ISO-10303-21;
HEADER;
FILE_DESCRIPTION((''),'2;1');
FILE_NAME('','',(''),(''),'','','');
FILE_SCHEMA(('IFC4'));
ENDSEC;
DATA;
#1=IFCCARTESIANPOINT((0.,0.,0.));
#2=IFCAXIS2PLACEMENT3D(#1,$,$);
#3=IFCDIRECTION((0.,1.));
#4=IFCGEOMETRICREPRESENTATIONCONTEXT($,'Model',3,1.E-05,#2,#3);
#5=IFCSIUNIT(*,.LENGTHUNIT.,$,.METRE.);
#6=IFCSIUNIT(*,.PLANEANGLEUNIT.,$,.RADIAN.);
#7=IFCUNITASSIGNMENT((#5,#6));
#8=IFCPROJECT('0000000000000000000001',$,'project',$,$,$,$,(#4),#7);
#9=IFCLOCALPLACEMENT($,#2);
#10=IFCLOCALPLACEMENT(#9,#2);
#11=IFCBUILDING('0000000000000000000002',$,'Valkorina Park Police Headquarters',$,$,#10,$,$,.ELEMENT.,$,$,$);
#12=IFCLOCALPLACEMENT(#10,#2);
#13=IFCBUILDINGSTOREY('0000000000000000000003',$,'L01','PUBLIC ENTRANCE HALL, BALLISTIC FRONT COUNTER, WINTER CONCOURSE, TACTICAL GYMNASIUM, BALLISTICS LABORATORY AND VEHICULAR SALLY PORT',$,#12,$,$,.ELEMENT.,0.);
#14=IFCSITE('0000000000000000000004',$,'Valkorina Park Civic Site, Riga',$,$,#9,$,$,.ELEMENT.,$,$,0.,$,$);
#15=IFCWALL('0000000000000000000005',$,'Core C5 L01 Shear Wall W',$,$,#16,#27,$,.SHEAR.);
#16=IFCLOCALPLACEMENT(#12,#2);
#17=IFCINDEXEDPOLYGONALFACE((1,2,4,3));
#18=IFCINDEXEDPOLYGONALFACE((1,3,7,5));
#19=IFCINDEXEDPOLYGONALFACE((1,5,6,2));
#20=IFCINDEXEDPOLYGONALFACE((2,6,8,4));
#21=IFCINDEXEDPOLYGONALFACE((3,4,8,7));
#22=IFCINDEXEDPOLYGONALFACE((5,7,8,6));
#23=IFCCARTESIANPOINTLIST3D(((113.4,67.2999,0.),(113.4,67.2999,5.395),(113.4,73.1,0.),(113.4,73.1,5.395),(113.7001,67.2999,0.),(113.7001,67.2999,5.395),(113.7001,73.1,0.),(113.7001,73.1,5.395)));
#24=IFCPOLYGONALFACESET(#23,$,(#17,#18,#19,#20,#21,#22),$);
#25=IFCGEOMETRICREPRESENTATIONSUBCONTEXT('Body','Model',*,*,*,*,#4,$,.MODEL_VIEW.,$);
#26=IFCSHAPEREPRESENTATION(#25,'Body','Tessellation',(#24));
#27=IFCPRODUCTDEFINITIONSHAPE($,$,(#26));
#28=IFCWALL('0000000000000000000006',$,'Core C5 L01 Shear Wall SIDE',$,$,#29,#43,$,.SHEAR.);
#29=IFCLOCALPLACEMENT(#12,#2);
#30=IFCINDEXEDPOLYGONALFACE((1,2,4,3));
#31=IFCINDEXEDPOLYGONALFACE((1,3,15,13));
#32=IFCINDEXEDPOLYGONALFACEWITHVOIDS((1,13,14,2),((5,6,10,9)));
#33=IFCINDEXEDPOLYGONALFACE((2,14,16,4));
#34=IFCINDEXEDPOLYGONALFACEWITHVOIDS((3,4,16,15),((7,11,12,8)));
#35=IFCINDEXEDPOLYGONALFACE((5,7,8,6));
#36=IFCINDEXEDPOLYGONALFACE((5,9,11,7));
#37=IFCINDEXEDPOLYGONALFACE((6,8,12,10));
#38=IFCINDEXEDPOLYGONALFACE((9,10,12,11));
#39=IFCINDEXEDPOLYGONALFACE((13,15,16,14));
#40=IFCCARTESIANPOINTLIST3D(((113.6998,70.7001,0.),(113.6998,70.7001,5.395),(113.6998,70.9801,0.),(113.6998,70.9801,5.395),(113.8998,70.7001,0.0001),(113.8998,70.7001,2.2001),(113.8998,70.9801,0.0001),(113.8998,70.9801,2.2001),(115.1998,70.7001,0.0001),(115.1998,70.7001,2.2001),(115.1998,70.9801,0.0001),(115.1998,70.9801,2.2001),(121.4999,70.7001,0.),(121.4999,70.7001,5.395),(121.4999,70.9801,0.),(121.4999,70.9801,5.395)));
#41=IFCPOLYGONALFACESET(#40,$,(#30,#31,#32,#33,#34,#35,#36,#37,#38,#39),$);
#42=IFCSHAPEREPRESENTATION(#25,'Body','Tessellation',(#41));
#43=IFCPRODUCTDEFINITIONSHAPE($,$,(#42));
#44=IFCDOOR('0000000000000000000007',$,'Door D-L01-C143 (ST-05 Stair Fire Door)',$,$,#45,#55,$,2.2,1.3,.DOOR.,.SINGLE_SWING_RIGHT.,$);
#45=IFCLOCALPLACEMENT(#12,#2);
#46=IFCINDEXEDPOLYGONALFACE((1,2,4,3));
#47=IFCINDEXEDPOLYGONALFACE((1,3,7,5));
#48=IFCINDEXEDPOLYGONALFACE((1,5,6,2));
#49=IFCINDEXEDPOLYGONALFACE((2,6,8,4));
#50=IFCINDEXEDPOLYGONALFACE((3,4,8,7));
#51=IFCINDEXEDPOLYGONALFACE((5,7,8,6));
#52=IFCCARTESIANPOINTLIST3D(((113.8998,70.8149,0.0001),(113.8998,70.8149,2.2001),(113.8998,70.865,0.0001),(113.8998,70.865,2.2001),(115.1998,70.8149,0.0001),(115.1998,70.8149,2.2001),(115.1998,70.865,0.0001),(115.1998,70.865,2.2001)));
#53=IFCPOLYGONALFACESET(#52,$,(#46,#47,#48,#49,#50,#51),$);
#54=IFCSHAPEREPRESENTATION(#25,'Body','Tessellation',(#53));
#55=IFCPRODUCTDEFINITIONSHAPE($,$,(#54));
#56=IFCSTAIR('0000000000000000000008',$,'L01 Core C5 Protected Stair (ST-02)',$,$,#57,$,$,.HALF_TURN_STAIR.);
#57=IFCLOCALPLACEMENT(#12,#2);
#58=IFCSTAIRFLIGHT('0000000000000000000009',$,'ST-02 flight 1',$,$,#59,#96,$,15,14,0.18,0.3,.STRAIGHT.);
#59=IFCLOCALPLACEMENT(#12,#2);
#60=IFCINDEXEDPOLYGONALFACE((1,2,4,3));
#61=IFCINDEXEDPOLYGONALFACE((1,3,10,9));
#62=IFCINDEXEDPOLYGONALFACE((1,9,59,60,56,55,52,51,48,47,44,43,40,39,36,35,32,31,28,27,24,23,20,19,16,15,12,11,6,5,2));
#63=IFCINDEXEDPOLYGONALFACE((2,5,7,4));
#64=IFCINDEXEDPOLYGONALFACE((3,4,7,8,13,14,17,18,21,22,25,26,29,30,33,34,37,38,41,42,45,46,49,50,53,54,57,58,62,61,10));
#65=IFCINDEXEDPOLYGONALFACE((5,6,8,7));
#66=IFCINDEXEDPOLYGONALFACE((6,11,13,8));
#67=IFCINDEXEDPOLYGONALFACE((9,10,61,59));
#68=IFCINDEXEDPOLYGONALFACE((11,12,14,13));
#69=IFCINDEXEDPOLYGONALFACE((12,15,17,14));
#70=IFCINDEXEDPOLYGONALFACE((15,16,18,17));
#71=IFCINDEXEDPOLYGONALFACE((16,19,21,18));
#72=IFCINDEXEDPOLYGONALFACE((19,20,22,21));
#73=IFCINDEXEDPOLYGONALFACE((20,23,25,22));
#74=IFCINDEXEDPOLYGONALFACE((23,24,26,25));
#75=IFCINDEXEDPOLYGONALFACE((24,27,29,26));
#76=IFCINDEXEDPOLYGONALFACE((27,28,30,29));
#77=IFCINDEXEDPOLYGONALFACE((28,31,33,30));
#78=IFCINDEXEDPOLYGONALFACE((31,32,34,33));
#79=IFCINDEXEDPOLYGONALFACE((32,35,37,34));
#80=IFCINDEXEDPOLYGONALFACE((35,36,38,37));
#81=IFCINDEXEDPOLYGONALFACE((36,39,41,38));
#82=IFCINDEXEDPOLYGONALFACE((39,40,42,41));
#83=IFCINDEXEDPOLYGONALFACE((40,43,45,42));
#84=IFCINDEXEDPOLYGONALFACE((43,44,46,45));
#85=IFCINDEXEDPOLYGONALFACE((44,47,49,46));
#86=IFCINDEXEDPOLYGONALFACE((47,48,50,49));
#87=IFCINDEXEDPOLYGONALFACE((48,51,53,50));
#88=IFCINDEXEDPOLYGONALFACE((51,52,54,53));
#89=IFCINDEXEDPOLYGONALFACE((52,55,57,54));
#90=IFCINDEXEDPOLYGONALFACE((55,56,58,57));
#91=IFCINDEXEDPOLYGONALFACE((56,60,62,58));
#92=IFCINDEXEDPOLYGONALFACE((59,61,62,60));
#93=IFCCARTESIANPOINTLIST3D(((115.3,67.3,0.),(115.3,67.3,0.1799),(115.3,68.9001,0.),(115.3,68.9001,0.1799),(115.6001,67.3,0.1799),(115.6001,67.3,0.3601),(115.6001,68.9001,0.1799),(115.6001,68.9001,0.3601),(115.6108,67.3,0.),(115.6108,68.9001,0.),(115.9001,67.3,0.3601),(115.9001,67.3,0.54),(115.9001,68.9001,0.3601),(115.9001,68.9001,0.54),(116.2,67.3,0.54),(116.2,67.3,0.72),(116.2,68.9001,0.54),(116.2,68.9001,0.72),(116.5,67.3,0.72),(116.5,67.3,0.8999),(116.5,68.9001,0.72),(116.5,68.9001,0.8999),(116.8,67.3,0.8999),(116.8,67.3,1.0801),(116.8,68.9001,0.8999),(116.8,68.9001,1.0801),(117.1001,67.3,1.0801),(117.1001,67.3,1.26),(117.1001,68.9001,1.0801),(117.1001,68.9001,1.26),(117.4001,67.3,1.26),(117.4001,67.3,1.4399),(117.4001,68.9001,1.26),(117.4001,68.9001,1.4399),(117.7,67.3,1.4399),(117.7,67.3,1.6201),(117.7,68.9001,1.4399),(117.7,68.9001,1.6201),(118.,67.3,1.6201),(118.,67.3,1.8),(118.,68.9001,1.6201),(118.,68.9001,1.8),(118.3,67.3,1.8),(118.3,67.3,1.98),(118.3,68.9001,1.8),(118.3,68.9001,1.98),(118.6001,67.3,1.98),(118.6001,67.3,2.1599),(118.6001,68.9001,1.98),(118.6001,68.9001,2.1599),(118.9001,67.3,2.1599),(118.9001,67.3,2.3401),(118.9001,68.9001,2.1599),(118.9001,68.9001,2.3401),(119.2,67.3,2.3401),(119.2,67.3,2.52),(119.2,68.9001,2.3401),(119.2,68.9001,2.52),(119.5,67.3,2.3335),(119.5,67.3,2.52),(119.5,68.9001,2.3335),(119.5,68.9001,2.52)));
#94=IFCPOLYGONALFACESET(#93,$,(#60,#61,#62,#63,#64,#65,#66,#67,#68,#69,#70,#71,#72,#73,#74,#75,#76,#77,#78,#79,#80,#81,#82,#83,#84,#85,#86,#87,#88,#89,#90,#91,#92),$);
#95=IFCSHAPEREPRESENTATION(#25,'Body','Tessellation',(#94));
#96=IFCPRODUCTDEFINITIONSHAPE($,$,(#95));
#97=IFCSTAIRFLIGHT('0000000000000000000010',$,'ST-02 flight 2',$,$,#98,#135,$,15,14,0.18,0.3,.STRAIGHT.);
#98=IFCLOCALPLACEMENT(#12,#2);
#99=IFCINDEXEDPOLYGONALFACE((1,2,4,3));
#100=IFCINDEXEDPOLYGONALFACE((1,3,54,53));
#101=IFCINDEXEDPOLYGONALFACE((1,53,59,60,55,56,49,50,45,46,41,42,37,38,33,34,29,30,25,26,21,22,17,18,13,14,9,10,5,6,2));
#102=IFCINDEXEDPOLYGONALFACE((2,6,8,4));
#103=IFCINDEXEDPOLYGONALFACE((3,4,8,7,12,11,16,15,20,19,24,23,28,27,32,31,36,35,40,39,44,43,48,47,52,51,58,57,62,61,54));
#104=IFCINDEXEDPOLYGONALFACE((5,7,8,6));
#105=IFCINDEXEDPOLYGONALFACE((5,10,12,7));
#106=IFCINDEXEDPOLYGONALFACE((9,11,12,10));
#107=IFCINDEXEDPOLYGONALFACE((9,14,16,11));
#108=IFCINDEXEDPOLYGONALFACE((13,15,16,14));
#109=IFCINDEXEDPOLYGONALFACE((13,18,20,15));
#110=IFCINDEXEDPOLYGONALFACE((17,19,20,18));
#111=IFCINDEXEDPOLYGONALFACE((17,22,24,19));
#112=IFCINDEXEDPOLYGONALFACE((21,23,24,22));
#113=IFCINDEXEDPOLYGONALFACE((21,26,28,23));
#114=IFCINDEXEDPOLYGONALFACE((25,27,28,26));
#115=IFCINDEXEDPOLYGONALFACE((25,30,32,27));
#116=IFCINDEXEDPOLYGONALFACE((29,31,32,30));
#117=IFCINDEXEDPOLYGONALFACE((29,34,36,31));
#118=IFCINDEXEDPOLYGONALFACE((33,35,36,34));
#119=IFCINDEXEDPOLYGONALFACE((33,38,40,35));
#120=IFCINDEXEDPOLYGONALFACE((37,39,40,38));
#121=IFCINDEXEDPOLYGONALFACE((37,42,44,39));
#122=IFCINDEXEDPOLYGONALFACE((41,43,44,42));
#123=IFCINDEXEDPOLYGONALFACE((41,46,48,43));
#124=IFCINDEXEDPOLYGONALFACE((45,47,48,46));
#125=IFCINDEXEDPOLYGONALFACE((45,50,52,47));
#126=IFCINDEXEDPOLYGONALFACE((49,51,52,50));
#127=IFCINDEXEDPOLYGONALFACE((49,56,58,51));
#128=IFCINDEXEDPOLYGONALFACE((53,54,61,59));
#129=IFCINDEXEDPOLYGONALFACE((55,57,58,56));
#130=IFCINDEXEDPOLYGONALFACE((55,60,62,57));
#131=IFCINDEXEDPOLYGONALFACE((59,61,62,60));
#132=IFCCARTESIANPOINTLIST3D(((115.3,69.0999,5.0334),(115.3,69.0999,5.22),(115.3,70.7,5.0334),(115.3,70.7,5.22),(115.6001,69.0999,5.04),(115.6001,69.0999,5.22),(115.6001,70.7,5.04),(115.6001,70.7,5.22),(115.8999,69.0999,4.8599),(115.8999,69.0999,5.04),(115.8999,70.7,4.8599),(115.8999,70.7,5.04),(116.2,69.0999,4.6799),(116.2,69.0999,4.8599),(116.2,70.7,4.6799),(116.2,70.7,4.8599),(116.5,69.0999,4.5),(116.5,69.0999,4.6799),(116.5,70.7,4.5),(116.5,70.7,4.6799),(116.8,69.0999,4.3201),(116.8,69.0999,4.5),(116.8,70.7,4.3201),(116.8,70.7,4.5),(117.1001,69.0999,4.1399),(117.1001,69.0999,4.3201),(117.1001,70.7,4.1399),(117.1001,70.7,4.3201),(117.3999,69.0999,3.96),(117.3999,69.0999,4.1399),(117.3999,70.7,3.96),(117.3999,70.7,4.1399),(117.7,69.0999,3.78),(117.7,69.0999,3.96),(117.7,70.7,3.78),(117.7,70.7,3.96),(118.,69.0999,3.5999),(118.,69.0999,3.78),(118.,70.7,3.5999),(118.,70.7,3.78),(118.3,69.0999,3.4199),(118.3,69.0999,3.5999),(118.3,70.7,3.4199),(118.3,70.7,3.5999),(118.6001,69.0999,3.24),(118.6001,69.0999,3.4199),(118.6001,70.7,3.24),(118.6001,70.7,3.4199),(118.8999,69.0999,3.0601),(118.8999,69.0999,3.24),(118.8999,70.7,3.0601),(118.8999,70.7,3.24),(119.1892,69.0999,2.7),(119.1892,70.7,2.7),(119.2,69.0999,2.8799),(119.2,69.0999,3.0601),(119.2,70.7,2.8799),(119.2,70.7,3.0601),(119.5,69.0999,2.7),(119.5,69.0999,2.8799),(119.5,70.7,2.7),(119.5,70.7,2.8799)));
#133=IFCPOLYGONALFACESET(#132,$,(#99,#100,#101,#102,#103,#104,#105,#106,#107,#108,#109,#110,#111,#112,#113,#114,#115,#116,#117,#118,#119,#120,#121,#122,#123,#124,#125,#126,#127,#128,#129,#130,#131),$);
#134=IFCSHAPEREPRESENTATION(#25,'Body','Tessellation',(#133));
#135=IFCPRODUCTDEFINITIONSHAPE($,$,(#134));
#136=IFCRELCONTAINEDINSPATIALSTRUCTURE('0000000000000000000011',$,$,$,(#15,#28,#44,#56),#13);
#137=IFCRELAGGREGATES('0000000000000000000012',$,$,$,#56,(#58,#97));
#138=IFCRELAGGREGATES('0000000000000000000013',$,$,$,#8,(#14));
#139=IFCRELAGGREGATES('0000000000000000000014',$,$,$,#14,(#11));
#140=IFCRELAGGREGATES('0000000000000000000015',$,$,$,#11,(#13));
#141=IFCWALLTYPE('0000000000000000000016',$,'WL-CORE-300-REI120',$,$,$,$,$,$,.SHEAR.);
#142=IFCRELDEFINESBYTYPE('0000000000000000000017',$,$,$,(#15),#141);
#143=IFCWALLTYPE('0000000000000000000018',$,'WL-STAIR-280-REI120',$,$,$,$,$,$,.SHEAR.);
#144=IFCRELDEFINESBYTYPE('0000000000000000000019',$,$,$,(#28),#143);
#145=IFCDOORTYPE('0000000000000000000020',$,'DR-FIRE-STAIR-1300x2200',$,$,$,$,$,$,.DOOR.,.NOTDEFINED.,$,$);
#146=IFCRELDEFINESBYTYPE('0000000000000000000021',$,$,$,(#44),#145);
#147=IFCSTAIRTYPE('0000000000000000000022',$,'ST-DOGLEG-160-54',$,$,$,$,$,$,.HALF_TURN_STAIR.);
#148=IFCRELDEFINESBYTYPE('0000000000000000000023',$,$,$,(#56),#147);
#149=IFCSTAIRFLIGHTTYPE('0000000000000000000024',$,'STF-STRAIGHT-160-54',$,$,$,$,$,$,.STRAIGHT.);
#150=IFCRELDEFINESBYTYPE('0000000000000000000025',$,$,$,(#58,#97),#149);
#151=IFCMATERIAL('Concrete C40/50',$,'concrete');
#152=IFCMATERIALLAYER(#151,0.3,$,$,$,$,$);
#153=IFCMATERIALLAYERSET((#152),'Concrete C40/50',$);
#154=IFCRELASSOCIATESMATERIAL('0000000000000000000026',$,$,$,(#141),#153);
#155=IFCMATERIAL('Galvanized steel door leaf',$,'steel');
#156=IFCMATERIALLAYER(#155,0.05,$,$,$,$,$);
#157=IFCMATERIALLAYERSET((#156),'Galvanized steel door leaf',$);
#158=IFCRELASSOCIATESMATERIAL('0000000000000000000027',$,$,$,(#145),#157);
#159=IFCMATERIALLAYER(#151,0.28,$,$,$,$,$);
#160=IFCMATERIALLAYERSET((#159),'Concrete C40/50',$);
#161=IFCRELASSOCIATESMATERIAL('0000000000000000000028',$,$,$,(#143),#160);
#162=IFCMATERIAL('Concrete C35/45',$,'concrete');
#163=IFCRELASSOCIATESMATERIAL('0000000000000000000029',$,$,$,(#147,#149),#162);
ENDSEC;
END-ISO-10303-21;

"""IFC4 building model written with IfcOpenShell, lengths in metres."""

from ifc_helpers import new_model, si_unit, direction, frame, frame_2d, origin, place, context, subcontext, project, spatial, polyline, rectangle, outline, extrude, material, layer, layer_set, type_object, element, fill, aggregate, save


model = new_model("IFC4")

# Units and contexts
model_context = context("Model", 3, precision=1e-05, world=origin(), true_north=direction((0.0, 1.0)))
body_context = subcontext(model_context, "Body", "Model", "MODEL_VIEW")
ifc_project = project(units=[si_unit("LENGTHUNIT", "METRE"), si_unit("PLANEANGLEUNIT", "RADIAN")], contexts=[model_context])

# Site, building, storey
site_placement = place(None, origin())
site = spatial("IfcSite", under=ifc_project, at=site_placement, Name="Valkorina Park Civic Site, Riga", CompositionType="ELEMENT", RefElevation=0.0)
building_placement = place(site_placement, origin())
building = spatial("IfcBuilding", under=site, at=building_placement, Name="Valkorina Park Police Headquarters", CompositionType="ELEMENT")
storey_placement = place(building_placement, origin())
storey = spatial("IfcBuildingStorey", under=building, at=storey_placement, Name="L01", Description="PUBLIC ENTRANCE HALL, BALLISTIC FRONT COUNTER, WINTER CONCOURSE, TACTICAL GYMNASIUM, BALLISTICS LABORATORY AND VEHICULAR SALLY PORT", CompositionType="ELEMENT", Elevation=0.0)

# Shared definitions
ifc_material_1 = material(Name="Concrete C40/50", Category="concrete")

# Shared definitions
ifc_layer_1 = layer(ifc_material_1, 0.3)
ifc_layer_set_1 = layer_set([ifc_layer_1], Name="Concrete C40/50")
wall_type_1 = type_object("IfcWallType", Name="WL-CORE-300-REI120", PredefinedType="SHEAR", material=ifc_layer_set_1)
ifc_material_2 = material(Name="Galvanized steel door leaf", Category="steel")
ifc_layer_2 = layer(ifc_material_2, 0.05)
ifc_layer_set_2 = layer_set([ifc_layer_2], Name="Galvanized steel door leaf")
door_type = type_object("IfcDoorType", Name="DR-FIRE-STAIR-1300x2200", OperationType="NOTDEFINED", PredefinedType="DOOR", material=ifc_layer_set_2)

# Wall
wall_1_placement = place(storey_placement, frame((113.55, 67.3, 0.0), z_axis=(0.0, 0.0, 1.0), x_axis=(0.0, 1.0, 0.0)))
element("IfcWall", 1, at=wall_1_placement, inside=storey, type_object=wall_type_1, Name="Core C5 L01 Shear Wall W", PredefinedType="SHEAR", context=body_context, shape_type="SweptSolid", body=[
    extrude(rectangle(XDim=5.8, YDim=0.3, at=frame_2d((2.8999, 0.0))), origin(), (0.0, 0.0, 1.0), 5.395),
])

# Wall, opening, door
ifc_layer_3 = layer(ifc_material_1, 0.28)
ifc_layer_set_3 = layer_set([ifc_layer_3], Name="Concrete C40/50")
wall_type_2 = type_object("IfcWallType", Name="WL-STAIR-280-REI120", PredefinedType="SHEAR", material=ifc_layer_set_3)
wall_2_placement = place(storey_placement, frame((113.7, 70.8401, 0.0), z_axis=(0.0, 0.0, 1.0), x_axis=(1.0, 0.0, 0.0)))
wall_2 = element("IfcWall", 2, at=wall_2_placement, inside=storey, type_object=wall_type_2, Name="Core C5 L01 Shear Wall SIDE", PredefinedType="SHEAR", context=body_context, shape_type="SweptSolid", body=[
    extrude(rectangle(XDim=7.8, YDim=0.28, at=frame_2d((3.8999, 0.0))), origin(), (0.0, 0.0, 1.0), 5.395),
])
opening_1_placement = place(wall_2_placement, frame((0.2, 0.0, 0.0)))
opening_1 = element("IfcOpeningElement", 3, at=opening_1_placement, cuts=wall_2, PredefinedType="OPENING", context=body_context, shape_type="SweptSolid", body=[
    extrude(rectangle(XDim=1.3, YDim=2.2, at=frame_2d((0.6499, 1.1001))), frame((0.0, 0.1499, 0.0), z_axis=(0.0, -1.0, 0.0), x_axis=(1.0, 0.0, 0.0)), (0.0, 0.0, 1.0), 0.3),
])
door_1_placement = place(opening_1_placement, origin())
door_1 = element("IfcDoor", 4, at=door_1_placement, inside=storey, type_object=door_type, Name="Door D-L01-C143 (ST-05 Stair Fire Door)", OperationType="SINGLE_SWING_RIGHT", OverallHeight=2.2, OverallWidth=1.3, PredefinedType="DOOR", context=body_context, shape_type="SweptSolid", body=[
    extrude(rectangle(XDim=1.3, YDim=2.2, at=frame_2d((0.6499, 1.1001))), frame((0.0, 0.0249, 0.0), z_axis=(0.0, -1.0, 0.0), x_axis=(1.0, 0.0, 0.0)), (0.0, 0.0, 1.0), 0.05),
])
fill(opening_1, door_1)

# Stair, stair flights
ifc_material_3 = material(Name="Concrete C35/45", Category="concrete")
stair_type = type_object("IfcStairType", Name="ST-DOGLEG-160-54", PredefinedType="HALF_TURN_STAIR", material=ifc_material_3)
stair_placement = place(storey_placement, origin())
stair = element("IfcStair", 5, at=stair_placement, inside=storey, type_object=stair_type, Name="L01 Core C5 Protected Stair (ST-02)", PredefinedType="HALF_TURN_STAIR")
stair_flight_type = type_object("IfcStairFlightType", Name="STF-STRAIGHT-160-54", PredefinedType="STRAIGHT", material=ifc_material_3)
stair_flight_1_placement = place(storey_placement, frame((115.3, 68.1001, 0.0), z_axis=(0.0, 0.0, 1.0), x_axis=(1.0, 0.0, 0.0)))
stair_flight_1 = element("IfcStairFlight", 6, at=stair_flight_1_placement, type_object=stair_flight_type, Name="ST-02 flight 1", NumberOfRisers=15, NumberOfTreads=14, PredefinedType="STRAIGHT", RiserHeight=0.18, TreadLength=0.3, context=body_context, shape_type="SweptSolid", body=[
    extrude(outline(polyline([(0.0, 0.0), (0.0, 0.1799), (0.3, 0.1799), (0.3, 0.3601), (0.6001, 0.3601), (0.6001, 0.54), (0.8999, 0.54), (0.8999, 0.72), (1.2, 0.72), (1.2, 0.8999), (1.5, 0.8999), (1.5, 1.0801), (1.8, 1.0801), (1.8, 1.26), (2.1001, 1.26), (2.1001, 1.4399), (2.3999, 1.4399), (2.3999, 1.6201), (2.7, 1.6201), (2.7, 1.8), (3.0, 1.8), (3.0, 1.98), (3.3, 1.98), (3.3, 2.1599), (3.6001, 2.1599), (3.6001, 2.3401), (3.8999, 2.3401), (3.8999, 2.52), (4.2, 2.52), (4.2, 2.7), (4.2, 2.3335), (0.3108, 0.0), (0.0, 0.0)])), frame((0.0, 0.8, 0.0), z_axis=(0.0, -1.0, 0.0), x_axis=(1.0, 0.0, 0.0)), (0.0, 0.0, 1.0), 1.6001),
])
stair_flight_2_placement = place(storey_placement, frame((119.5, 69.8999, 2.7), z_axis=(0.0, 0.0, 1.0), x_axis=(-1.0, 0.0, 0.0)))
stair_flight_2 = element("IfcStairFlight", 7, at=stair_flight_2_placement, type_object=stair_flight_type, Name="ST-02 flight 2", NumberOfRisers=15, NumberOfTreads=14, PredefinedType="STRAIGHT", RiserHeight=0.18, TreadLength=0.3, context=body_context, shape_type="SweptSolid", body=[
    extrude(outline(polyline([(0.0, 0.0), (0.0, 0.1799), (0.3, 0.1799), (0.3, 0.3601), (0.6001, 0.3601), (0.6001, 0.54), (0.8999, 0.54), (0.8999, 0.72), (1.2, 0.72), (1.2, 0.8999), (1.5, 0.8999), (1.5, 1.0801), (1.8, 1.0801), (1.8, 1.26), (2.1001, 1.26), (2.1001, 1.4399), (2.3999, 1.4399), (2.3999, 1.6201), (2.7, 1.6201), (2.7, 1.8), (3.0, 1.8), (3.0, 1.98), (3.3, 1.98), (3.3, 2.1599), (3.6001, 2.1599), (3.6001, 2.3401), (3.8999, 2.3401), (3.8999, 2.52), (4.2, 2.52), (4.2, 2.7), (4.2, 2.3335), (0.3108, 0.0), (0.0, 0.0)])), frame((0.0, 0.8, 0.0), z_axis=(0.0, -1.0, 0.0), x_axis=(1.0, 0.0, 0.0)), (0.0, 0.0, 1.0), 1.6001),
])
aggregate(stair, [stair_flight_1, stair_flight_2])

save(model, "model.ifc")
